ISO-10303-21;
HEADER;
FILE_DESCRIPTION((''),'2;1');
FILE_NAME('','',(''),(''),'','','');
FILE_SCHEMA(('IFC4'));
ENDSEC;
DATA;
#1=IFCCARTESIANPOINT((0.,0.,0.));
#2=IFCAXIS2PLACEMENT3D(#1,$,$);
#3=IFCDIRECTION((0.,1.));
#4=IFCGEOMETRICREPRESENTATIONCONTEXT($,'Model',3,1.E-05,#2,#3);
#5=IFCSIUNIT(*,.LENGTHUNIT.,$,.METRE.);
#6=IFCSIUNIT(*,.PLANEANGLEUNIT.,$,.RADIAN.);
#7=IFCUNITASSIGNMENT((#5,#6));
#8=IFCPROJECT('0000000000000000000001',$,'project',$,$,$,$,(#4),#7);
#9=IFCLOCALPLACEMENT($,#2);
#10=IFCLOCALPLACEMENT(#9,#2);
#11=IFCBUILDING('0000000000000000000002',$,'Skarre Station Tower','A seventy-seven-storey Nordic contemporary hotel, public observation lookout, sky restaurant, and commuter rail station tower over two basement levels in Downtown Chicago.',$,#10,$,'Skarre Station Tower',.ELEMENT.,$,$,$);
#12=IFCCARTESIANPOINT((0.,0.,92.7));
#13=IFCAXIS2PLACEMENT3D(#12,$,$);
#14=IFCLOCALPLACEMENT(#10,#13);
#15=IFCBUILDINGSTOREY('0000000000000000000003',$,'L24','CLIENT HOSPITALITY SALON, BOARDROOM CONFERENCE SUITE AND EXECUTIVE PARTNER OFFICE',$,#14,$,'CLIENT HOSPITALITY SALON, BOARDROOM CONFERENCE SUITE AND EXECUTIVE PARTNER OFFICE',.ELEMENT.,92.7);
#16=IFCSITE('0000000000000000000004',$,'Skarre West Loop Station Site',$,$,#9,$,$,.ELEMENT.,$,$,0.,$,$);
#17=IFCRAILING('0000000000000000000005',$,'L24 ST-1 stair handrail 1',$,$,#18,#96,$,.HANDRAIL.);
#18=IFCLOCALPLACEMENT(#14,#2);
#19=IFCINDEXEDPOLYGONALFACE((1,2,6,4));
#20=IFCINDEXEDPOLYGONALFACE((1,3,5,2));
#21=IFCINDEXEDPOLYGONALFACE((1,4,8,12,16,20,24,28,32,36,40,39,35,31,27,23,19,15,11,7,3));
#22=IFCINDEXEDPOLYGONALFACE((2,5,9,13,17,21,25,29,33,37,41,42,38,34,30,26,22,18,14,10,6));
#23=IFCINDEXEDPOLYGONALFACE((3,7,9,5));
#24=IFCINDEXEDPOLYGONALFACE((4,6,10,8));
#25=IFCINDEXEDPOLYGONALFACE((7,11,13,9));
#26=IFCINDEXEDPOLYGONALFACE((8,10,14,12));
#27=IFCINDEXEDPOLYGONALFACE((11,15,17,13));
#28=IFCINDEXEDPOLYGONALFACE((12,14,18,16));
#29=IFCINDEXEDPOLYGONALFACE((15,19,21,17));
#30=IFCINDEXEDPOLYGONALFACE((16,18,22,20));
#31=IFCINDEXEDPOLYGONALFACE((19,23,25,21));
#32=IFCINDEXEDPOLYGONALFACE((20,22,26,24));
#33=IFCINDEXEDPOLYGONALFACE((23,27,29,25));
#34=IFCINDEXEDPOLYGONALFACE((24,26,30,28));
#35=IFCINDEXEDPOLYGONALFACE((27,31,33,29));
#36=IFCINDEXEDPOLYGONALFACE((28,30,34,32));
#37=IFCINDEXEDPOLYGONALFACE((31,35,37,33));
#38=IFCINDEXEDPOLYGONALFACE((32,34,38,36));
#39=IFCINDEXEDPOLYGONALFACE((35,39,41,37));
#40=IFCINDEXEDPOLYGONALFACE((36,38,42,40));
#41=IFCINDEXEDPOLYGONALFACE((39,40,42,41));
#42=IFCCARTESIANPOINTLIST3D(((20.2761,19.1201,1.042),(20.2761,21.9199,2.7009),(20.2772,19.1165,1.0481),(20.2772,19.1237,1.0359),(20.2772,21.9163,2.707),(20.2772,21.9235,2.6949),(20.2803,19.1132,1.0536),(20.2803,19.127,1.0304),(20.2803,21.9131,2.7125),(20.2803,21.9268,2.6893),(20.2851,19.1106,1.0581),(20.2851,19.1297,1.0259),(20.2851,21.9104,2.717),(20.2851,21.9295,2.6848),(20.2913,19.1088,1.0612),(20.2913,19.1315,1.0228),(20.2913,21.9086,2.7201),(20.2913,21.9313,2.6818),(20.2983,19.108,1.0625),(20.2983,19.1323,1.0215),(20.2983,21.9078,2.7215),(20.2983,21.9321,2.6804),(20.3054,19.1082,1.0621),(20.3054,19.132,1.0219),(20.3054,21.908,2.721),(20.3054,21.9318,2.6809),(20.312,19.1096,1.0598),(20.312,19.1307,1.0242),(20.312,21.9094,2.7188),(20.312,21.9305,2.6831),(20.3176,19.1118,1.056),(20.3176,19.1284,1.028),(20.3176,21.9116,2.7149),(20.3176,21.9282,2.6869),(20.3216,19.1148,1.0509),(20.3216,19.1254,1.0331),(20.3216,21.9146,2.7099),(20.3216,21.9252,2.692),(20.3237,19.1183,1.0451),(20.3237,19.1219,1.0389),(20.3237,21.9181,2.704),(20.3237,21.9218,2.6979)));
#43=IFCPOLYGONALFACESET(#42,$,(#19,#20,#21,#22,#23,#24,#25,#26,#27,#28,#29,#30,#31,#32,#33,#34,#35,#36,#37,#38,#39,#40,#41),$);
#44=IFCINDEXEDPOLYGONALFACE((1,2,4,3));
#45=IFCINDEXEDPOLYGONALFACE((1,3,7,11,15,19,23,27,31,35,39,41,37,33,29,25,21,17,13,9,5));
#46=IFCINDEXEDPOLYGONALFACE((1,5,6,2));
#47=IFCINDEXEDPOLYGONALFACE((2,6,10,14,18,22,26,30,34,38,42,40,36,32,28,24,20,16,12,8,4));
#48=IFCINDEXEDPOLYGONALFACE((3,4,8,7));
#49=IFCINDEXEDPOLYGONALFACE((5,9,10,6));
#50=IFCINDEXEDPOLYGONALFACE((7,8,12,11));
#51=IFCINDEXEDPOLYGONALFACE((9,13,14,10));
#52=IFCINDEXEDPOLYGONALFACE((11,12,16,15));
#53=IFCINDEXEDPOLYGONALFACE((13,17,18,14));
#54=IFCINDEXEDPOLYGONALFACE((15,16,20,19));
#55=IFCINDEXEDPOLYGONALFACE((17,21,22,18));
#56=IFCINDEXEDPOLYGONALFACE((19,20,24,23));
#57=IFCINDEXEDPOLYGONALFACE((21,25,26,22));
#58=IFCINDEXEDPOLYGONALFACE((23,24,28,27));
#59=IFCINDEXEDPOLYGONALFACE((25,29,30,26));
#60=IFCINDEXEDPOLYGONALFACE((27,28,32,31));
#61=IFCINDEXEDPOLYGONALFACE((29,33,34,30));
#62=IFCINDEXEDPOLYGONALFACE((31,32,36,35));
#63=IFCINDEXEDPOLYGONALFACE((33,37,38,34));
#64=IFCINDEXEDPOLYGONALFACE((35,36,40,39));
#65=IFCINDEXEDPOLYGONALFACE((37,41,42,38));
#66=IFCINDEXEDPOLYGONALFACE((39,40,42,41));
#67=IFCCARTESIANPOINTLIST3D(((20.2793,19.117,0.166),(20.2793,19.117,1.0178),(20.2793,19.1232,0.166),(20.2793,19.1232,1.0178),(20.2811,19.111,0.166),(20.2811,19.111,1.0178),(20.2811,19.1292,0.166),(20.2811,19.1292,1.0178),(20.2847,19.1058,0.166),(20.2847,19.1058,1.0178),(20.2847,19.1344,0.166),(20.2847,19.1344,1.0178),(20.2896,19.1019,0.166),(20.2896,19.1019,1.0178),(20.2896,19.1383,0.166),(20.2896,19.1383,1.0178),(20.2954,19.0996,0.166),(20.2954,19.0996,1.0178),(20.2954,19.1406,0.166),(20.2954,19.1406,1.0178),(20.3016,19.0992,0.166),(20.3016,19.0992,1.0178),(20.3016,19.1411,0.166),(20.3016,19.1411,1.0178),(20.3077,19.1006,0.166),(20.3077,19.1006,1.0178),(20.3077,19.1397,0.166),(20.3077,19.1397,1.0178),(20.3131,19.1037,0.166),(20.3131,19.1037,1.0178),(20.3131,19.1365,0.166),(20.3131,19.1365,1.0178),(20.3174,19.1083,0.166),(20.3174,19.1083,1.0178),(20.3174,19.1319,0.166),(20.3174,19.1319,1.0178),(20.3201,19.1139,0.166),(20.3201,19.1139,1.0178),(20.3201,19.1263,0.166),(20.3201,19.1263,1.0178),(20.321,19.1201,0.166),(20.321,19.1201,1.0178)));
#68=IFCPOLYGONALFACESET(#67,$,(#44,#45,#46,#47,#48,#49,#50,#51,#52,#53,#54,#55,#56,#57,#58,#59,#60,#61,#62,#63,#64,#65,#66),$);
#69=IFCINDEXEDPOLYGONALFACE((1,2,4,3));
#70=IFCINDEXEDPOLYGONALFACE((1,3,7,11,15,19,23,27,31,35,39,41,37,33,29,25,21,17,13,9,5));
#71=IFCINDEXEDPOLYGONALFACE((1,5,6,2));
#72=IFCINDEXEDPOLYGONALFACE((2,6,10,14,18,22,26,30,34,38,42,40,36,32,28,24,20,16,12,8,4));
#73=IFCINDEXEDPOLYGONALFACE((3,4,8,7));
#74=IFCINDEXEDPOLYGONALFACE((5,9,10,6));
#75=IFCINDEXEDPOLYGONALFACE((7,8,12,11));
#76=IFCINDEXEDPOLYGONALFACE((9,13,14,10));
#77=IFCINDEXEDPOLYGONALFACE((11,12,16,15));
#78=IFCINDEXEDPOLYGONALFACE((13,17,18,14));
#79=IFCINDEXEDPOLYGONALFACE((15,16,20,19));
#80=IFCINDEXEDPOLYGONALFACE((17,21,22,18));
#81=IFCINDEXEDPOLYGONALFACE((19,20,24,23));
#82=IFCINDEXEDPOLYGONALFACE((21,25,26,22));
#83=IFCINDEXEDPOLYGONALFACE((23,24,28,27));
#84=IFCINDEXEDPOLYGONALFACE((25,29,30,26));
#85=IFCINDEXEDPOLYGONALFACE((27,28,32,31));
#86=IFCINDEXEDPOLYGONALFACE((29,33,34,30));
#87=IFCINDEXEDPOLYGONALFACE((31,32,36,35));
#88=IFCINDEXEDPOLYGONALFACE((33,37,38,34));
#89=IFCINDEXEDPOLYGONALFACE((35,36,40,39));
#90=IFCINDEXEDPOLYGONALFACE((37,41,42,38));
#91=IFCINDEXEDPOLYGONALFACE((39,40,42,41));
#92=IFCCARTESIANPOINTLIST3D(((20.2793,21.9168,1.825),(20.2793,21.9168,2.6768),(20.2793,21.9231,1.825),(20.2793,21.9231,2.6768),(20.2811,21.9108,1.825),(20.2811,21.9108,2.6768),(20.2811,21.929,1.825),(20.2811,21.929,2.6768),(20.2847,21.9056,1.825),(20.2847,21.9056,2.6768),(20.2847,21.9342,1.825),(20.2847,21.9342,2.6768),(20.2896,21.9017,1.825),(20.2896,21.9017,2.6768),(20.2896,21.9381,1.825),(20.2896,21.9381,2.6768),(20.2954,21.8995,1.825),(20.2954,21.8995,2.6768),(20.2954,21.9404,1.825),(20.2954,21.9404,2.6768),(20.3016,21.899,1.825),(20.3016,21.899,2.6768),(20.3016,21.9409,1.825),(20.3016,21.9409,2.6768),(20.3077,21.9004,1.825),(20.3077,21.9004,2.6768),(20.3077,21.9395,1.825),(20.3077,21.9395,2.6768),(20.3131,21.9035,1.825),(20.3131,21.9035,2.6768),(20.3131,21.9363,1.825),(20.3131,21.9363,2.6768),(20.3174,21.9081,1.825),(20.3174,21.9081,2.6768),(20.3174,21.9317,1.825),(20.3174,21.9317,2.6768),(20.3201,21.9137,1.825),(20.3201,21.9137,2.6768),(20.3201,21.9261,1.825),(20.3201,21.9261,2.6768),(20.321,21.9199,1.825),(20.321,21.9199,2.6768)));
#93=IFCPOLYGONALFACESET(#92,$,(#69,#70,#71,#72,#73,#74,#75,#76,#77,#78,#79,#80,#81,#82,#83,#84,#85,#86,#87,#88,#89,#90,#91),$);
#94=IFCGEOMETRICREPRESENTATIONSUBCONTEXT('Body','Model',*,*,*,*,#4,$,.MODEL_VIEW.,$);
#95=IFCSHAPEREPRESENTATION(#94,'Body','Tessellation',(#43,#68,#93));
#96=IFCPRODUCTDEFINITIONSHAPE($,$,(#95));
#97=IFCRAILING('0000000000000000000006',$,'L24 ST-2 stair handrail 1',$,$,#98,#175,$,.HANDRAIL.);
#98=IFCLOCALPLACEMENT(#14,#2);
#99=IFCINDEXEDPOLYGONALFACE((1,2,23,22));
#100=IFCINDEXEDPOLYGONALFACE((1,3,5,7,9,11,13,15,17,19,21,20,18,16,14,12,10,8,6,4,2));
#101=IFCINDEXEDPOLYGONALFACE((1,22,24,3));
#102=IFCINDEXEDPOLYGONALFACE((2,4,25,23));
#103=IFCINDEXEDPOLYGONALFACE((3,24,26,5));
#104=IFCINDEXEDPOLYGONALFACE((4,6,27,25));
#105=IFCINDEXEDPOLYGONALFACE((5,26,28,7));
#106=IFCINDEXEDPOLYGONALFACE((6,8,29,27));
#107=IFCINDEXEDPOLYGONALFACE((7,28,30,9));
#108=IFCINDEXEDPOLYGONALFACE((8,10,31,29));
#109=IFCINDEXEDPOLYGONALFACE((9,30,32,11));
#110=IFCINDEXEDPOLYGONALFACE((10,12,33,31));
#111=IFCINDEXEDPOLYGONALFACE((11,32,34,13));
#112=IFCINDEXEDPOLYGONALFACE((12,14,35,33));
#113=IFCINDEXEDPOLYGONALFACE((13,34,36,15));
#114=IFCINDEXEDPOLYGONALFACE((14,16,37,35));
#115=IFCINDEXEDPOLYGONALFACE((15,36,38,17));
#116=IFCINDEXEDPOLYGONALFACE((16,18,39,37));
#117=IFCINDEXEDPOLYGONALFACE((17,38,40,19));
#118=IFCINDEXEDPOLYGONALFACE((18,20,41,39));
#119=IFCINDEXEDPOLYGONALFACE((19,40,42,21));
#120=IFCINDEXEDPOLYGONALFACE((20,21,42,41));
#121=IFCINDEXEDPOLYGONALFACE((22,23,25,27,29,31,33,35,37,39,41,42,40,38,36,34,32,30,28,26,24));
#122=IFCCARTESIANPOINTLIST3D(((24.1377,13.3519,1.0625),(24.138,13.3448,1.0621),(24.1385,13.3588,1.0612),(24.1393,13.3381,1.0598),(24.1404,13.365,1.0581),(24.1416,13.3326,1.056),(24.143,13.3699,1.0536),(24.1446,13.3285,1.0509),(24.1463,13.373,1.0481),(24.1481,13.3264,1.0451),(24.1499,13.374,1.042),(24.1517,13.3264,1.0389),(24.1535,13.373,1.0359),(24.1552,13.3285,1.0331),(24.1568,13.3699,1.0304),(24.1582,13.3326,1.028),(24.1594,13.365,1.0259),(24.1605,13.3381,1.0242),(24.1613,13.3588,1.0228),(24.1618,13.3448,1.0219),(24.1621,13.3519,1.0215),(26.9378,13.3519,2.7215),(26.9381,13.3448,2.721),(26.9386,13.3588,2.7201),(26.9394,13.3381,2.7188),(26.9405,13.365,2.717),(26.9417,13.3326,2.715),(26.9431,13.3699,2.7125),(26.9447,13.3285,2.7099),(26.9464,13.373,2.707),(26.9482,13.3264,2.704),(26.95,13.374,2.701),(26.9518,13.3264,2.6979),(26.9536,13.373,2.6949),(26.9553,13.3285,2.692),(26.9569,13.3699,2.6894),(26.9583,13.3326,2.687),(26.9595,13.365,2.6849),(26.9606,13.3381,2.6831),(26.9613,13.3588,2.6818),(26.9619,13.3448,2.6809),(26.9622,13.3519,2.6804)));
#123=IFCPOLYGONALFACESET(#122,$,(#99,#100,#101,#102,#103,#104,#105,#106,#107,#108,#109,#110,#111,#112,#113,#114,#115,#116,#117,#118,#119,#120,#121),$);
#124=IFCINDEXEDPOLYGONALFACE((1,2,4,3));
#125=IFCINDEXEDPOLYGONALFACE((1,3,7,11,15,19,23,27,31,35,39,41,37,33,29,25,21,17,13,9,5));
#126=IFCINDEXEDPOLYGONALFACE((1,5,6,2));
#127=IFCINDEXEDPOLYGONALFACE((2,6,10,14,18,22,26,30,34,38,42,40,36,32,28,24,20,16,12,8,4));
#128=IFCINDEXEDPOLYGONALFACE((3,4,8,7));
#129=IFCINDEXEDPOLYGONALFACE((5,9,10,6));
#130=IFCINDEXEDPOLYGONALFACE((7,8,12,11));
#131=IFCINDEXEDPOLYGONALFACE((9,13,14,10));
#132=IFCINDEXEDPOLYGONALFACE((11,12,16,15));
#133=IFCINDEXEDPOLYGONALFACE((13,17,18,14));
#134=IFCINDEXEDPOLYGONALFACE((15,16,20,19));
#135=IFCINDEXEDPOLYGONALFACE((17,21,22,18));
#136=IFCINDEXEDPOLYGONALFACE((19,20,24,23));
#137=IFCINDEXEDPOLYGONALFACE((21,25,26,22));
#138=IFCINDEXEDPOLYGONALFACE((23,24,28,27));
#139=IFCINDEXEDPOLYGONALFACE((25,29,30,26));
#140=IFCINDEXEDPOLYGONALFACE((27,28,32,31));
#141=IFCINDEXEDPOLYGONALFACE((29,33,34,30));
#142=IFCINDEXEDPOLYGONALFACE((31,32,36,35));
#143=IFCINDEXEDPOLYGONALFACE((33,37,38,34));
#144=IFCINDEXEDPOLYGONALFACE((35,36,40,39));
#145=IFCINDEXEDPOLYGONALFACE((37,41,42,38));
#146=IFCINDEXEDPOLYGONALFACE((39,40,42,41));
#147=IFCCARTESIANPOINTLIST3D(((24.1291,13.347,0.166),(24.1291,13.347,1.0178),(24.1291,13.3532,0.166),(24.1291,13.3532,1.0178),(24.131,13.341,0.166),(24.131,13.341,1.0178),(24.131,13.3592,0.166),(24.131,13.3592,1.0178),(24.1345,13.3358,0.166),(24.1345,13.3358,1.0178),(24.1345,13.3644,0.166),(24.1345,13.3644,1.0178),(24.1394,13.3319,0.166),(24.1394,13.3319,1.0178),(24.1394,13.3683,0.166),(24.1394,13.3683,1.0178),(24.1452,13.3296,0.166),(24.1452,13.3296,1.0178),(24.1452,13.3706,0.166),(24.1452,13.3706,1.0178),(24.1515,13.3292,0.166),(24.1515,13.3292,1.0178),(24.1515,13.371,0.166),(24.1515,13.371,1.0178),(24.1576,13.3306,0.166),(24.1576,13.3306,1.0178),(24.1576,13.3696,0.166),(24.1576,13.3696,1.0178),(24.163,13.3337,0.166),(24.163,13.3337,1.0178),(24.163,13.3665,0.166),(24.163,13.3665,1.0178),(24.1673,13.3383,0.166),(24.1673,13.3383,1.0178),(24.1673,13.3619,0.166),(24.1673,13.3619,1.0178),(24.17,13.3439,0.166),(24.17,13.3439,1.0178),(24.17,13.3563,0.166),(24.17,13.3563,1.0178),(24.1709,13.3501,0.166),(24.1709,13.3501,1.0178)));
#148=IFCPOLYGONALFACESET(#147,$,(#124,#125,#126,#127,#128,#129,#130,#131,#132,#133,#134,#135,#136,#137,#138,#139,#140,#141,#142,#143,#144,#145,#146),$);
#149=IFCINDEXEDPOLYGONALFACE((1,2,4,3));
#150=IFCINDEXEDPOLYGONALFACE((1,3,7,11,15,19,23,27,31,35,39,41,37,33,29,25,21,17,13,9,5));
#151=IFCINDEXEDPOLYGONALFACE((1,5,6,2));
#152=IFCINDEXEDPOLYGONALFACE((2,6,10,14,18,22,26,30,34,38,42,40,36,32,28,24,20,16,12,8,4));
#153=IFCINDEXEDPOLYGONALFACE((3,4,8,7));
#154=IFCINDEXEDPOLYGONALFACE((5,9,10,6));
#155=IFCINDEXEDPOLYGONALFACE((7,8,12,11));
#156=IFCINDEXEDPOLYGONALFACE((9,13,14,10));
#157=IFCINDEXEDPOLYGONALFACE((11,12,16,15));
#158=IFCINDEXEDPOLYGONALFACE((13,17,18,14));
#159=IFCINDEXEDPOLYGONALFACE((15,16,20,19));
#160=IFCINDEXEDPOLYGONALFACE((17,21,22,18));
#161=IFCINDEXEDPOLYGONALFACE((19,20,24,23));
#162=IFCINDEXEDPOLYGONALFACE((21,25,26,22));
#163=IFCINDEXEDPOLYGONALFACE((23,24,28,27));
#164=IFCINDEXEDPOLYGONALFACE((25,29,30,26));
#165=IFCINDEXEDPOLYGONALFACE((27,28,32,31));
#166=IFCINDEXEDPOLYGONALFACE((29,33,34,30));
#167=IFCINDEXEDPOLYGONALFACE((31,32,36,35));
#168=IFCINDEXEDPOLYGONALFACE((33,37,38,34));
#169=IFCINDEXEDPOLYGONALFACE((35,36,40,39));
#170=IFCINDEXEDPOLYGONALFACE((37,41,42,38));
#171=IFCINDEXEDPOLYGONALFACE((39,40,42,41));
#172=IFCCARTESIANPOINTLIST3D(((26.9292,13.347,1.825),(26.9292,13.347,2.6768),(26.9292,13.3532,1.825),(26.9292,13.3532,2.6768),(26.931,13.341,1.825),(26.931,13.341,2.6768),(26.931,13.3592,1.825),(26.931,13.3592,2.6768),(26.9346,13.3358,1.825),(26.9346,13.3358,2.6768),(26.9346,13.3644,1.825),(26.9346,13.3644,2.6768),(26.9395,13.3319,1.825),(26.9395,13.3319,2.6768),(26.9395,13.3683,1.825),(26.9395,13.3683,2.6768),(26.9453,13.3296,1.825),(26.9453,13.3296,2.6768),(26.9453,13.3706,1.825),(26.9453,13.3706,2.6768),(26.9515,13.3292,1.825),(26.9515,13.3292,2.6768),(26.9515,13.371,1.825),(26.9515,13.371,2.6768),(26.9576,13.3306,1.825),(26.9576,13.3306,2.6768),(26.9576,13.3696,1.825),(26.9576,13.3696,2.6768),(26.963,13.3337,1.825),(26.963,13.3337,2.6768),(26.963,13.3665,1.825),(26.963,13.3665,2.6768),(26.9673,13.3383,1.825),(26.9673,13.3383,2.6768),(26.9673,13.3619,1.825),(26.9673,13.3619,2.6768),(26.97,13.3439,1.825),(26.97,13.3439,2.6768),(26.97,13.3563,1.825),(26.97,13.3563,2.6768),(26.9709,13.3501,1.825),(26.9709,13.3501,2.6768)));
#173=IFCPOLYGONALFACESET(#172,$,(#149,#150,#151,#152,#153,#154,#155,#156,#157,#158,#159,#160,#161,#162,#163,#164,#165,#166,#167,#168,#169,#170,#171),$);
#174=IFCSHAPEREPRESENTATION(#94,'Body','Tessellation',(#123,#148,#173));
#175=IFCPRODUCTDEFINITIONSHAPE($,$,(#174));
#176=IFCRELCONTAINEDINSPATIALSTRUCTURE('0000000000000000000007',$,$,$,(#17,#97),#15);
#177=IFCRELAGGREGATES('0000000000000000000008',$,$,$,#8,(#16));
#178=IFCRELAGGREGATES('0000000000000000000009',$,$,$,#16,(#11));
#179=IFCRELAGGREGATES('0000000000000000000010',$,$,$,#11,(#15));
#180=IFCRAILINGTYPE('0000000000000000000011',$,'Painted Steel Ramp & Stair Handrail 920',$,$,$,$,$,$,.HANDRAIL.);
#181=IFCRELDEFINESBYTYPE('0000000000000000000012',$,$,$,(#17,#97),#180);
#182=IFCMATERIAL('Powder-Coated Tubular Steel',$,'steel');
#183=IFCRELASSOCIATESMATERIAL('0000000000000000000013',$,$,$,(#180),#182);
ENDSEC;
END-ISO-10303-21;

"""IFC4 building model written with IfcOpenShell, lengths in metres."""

from ifc_helpers import new_model, si_unit, direction, frame, origin, origin_2d, place, context, subcontext, project, spatial, circle, extrude, material, type_object, element, save


model = new_model("IFC4")

# Units and contexts
model_context = context("Model", 3, precision=1e-05, world=origin(), true_north=direction((0.0, 1.0)))
body_context = subcontext(model_context, "Body", "Model", "MODEL_VIEW")
ifc_project = project(units=[si_unit("LENGTHUNIT", "METRE"), si_unit("PLANEANGLEUNIT", "RADIAN")], contexts=[model_context])

# Site, building, storey
site_placement = place(None, origin())
site = spatial("IfcSite", under=ifc_project, at=site_placement, Name="Skarre West Loop Station Site", CompositionType="ELEMENT", RefElevation=0.0)
building_placement = place(site_placement, origin())
building = spatial("IfcBuilding", under=site, at=building_placement, Name="Skarre Station Tower", Description="A seventy-seven-storey Nordic contemporary hotel, public observation lookout, sky restaurant, and commuter rail station tower over two basement levels in Downtown Chicago.", LongName="Skarre Station Tower", CompositionType="ELEMENT")
storey_placement = place(building_placement, frame((0.0, 0.0, 92.7)))
storey = spatial("IfcBuildingStorey", under=building, at=storey_placement, Name="L24", Description="CLIENT HOSPITALITY SALON, BOARDROOM CONFERENCE SUITE AND EXECUTIVE PARTNER OFFICE", LongName="CLIENT HOSPITALITY SALON, BOARDROOM CONFERENCE SUITE AND EXECUTIVE PARTNER OFFICE", CompositionType="ELEMENT", Elevation=92.7)

# Railings
ifc_material_1 = material(Name="Powder-Coated Tubular Steel", Category="steel")
railing_type_1 = type_object("IfcRailingType", Name="Painted Steel Ramp & Stair Handrail 920", PredefinedType="HANDRAIL", material=ifc_material_1)
railing_1_placement = place(storey_placement, frame((20.3, 19.1201, 0.166)))
element("IfcRailing", 1, at=railing_1_placement, inside=storey, type_object=railing_type_1, Name="L24 ST-1 stair handrail 1", PredefinedType="HANDRAIL", context=body_context, shape_type="SweptSolid", body=[
    extrude(circle(Radius=0.0239, at=origin_2d()), frame((0.0, 0.0, 0.876), z_axis=(0.0, 0.86032, 0.509755), x_axis=(-1.0, 0.0, 0.0)), (0.0, 0.0, 1.0), 3.2544),
    extrude(circle(Radius=0.021, at=origin_2d()), origin(), (0.0, 0.0, 1.0), 0.8518),
    extrude(circle(Radius=0.021, at=origin_2d()), frame((0.0, 2.7998, 1.6589)), (0.0, 0.0, 1.0), 0.8518),
])
railing_2_placement = place(storey_placement, frame((24.1499, 13.3501, 0.166)))
element("IfcRailing", 2, at=railing_2_placement, inside=storey, type_object=railing_type_1, Name="L24 ST-2 stair handrail 1", PredefinedType="HANDRAIL", context=body_context, shape_type="SweptSolid", body=[
    extrude(circle(Radius=0.0239, at=origin_2d()), frame((0.0, 0.0, 0.876), z_axis=(0.860339, 0.0, 0.509722), x_axis=(0.0, 1.0, 0.0)), (0.0, 0.0, 1.0), 3.2546),
    extrude(circle(Radius=0.021, at=origin_2d()), origin(), (0.0, 0.0, 1.0), 0.8518),
    extrude(circle(Radius=0.021, at=origin_2d()), frame((2.8, 0.0, 1.6589)), (0.0, 0.0, 1.0), 0.8518),
])

save(model, "model.ifc")
